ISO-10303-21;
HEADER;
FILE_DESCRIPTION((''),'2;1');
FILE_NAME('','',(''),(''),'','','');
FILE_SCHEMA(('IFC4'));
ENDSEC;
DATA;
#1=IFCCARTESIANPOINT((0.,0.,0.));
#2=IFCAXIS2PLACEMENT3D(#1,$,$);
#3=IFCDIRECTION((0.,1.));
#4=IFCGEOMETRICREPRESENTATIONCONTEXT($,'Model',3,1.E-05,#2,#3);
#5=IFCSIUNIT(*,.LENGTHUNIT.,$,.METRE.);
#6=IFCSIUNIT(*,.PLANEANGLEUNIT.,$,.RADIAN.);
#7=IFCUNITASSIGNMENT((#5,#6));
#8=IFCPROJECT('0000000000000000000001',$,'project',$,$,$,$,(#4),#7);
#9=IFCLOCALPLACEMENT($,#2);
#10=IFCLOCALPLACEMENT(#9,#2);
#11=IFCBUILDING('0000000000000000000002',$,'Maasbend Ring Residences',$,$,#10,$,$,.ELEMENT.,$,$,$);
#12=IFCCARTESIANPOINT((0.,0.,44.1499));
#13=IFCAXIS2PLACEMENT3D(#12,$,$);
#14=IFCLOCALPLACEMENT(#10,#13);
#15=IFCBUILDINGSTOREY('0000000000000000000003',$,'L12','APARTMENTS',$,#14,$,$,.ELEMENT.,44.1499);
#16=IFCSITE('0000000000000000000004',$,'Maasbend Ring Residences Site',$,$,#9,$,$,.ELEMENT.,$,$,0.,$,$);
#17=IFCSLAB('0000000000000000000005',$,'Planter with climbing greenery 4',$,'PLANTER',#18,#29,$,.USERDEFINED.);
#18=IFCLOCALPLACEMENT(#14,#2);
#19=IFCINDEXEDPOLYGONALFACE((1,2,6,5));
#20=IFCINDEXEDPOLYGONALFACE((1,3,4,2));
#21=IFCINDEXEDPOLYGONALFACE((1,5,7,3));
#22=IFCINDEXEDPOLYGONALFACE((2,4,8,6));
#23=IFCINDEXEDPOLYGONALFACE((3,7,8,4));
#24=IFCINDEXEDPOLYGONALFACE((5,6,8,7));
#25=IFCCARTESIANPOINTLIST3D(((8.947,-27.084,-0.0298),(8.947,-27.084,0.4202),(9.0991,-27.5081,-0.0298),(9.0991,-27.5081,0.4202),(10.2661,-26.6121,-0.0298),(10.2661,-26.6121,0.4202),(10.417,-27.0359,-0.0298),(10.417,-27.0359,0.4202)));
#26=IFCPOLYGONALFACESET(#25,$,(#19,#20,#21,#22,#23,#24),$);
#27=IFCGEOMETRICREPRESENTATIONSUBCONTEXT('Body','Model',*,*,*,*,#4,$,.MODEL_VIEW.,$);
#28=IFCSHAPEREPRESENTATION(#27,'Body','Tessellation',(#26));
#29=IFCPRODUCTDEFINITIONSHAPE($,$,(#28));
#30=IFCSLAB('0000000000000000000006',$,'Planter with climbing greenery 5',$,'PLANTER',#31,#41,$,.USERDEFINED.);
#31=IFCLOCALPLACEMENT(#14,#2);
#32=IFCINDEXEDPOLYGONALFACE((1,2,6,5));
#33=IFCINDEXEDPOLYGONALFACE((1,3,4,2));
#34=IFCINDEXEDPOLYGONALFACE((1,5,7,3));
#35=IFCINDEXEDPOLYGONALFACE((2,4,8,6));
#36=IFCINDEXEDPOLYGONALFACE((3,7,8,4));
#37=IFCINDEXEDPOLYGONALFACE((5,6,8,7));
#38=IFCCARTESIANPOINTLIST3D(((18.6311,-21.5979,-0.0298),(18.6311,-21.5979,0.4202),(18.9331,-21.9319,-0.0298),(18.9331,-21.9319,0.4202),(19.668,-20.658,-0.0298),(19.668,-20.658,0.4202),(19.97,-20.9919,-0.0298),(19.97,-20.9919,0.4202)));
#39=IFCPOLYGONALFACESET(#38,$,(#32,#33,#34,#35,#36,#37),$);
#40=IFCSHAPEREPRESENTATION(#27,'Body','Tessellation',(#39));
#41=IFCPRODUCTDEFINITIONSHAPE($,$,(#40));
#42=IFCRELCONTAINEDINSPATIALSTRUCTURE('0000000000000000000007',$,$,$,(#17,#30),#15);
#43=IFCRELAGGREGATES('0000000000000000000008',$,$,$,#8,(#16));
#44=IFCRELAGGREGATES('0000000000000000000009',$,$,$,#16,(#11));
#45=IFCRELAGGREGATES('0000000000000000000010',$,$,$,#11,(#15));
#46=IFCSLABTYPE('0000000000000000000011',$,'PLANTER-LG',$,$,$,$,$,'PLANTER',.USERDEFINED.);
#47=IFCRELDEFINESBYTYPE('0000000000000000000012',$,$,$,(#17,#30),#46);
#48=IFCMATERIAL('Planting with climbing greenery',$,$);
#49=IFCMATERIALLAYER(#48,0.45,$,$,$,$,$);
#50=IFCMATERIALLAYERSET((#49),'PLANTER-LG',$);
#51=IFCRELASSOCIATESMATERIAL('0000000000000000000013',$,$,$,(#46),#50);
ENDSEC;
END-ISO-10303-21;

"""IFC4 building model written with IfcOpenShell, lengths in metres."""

from ifc_helpers import new_model, si_unit, direction, frame, origin, place, context, subcontext, project, spatial, polyline, outline, extrude, material, layer, layer_set, type_object, element, save


model = new_model("IFC4")

# Units and contexts
model_context = context("Model", 3, precision=1e-05, world=origin(), true_north=direction((0.0, 1.0)))
body_context = subcontext(model_context, "Body", "Model", "MODEL_VIEW")
ifc_project = project(units=[si_unit("LENGTHUNIT", "METRE"), si_unit("PLANEANGLEUNIT", "RADIAN")], contexts=[model_context])

# Site, building, storey
site_placement = place(None, origin())
site = spatial("IfcSite", under=ifc_project, at=site_placement, Name="Maasbend Ring Residences Site", CompositionType="ELEMENT", RefElevation=0.0)
building_placement = place(site_placement, origin())
building = spatial("IfcBuilding", under=site, at=building_placement, Name="Maasbend Ring Residences", CompositionType="ELEMENT")
storey_placement = place(building_placement, frame((0.0, 0.0, 44.1499)))
storey = spatial("IfcBuildingStorey", under=building, at=storey_placement, Name="L12", Description="APARTMENTS", CompositionType="ELEMENT", Elevation=44.1499)

# Slabs
ifc_material_1 = material(Name="Planting with climbing greenery")
ifc_layer_1 = layer(ifc_material_1, 0.45)
ifc_layer_set_1 = layer_set([ifc_layer_1], Name="PLANTER-LG")
slab_type_1 = type_object("IfcSlabType", Name="PLANTER-LG", ElementType="PLANTER", PredefinedType="USERDEFINED", material=ifc_layer_set_1)
slab_1_placement = place(storey_placement, frame((0.0, 0.0, -0.0298)))
element("IfcSlab", 1, at=slab_1_placement, inside=storey, type_object=slab_type_1, Name="Planter with climbing greenery 4", ObjectType="PLANTER", PredefinedType="USERDEFINED", context=body_context, shape_type="SweptSolid", body=[
    extrude(outline(polyline([(9.0991, -27.5081), (10.417, -27.0359), (10.2661, -26.6121), (8.947, -27.084), (9.0991, -27.5081)])), origin(), (0.0, 0.0, 1.0), 0.45),
])
slab_2_placement = place(storey_placement, frame((0.0, 0.0, -0.0298)))
element("IfcSlab", 2, at=slab_2_placement, inside=storey, type_object=slab_type_1, Name="Planter with climbing greenery 5", ObjectType="PLANTER", PredefinedType="USERDEFINED", context=body_context, shape_type="SweptSolid", body=[
    extrude(outline(polyline([(18.9331, -21.9319), (19.97, -20.9919), (19.668, -20.658), (18.6311, -21.5979), (18.9331, -21.9319)])), origin(), (0.0, 0.0, 1.0), 0.45),
])

save(model, "model.ifc")
